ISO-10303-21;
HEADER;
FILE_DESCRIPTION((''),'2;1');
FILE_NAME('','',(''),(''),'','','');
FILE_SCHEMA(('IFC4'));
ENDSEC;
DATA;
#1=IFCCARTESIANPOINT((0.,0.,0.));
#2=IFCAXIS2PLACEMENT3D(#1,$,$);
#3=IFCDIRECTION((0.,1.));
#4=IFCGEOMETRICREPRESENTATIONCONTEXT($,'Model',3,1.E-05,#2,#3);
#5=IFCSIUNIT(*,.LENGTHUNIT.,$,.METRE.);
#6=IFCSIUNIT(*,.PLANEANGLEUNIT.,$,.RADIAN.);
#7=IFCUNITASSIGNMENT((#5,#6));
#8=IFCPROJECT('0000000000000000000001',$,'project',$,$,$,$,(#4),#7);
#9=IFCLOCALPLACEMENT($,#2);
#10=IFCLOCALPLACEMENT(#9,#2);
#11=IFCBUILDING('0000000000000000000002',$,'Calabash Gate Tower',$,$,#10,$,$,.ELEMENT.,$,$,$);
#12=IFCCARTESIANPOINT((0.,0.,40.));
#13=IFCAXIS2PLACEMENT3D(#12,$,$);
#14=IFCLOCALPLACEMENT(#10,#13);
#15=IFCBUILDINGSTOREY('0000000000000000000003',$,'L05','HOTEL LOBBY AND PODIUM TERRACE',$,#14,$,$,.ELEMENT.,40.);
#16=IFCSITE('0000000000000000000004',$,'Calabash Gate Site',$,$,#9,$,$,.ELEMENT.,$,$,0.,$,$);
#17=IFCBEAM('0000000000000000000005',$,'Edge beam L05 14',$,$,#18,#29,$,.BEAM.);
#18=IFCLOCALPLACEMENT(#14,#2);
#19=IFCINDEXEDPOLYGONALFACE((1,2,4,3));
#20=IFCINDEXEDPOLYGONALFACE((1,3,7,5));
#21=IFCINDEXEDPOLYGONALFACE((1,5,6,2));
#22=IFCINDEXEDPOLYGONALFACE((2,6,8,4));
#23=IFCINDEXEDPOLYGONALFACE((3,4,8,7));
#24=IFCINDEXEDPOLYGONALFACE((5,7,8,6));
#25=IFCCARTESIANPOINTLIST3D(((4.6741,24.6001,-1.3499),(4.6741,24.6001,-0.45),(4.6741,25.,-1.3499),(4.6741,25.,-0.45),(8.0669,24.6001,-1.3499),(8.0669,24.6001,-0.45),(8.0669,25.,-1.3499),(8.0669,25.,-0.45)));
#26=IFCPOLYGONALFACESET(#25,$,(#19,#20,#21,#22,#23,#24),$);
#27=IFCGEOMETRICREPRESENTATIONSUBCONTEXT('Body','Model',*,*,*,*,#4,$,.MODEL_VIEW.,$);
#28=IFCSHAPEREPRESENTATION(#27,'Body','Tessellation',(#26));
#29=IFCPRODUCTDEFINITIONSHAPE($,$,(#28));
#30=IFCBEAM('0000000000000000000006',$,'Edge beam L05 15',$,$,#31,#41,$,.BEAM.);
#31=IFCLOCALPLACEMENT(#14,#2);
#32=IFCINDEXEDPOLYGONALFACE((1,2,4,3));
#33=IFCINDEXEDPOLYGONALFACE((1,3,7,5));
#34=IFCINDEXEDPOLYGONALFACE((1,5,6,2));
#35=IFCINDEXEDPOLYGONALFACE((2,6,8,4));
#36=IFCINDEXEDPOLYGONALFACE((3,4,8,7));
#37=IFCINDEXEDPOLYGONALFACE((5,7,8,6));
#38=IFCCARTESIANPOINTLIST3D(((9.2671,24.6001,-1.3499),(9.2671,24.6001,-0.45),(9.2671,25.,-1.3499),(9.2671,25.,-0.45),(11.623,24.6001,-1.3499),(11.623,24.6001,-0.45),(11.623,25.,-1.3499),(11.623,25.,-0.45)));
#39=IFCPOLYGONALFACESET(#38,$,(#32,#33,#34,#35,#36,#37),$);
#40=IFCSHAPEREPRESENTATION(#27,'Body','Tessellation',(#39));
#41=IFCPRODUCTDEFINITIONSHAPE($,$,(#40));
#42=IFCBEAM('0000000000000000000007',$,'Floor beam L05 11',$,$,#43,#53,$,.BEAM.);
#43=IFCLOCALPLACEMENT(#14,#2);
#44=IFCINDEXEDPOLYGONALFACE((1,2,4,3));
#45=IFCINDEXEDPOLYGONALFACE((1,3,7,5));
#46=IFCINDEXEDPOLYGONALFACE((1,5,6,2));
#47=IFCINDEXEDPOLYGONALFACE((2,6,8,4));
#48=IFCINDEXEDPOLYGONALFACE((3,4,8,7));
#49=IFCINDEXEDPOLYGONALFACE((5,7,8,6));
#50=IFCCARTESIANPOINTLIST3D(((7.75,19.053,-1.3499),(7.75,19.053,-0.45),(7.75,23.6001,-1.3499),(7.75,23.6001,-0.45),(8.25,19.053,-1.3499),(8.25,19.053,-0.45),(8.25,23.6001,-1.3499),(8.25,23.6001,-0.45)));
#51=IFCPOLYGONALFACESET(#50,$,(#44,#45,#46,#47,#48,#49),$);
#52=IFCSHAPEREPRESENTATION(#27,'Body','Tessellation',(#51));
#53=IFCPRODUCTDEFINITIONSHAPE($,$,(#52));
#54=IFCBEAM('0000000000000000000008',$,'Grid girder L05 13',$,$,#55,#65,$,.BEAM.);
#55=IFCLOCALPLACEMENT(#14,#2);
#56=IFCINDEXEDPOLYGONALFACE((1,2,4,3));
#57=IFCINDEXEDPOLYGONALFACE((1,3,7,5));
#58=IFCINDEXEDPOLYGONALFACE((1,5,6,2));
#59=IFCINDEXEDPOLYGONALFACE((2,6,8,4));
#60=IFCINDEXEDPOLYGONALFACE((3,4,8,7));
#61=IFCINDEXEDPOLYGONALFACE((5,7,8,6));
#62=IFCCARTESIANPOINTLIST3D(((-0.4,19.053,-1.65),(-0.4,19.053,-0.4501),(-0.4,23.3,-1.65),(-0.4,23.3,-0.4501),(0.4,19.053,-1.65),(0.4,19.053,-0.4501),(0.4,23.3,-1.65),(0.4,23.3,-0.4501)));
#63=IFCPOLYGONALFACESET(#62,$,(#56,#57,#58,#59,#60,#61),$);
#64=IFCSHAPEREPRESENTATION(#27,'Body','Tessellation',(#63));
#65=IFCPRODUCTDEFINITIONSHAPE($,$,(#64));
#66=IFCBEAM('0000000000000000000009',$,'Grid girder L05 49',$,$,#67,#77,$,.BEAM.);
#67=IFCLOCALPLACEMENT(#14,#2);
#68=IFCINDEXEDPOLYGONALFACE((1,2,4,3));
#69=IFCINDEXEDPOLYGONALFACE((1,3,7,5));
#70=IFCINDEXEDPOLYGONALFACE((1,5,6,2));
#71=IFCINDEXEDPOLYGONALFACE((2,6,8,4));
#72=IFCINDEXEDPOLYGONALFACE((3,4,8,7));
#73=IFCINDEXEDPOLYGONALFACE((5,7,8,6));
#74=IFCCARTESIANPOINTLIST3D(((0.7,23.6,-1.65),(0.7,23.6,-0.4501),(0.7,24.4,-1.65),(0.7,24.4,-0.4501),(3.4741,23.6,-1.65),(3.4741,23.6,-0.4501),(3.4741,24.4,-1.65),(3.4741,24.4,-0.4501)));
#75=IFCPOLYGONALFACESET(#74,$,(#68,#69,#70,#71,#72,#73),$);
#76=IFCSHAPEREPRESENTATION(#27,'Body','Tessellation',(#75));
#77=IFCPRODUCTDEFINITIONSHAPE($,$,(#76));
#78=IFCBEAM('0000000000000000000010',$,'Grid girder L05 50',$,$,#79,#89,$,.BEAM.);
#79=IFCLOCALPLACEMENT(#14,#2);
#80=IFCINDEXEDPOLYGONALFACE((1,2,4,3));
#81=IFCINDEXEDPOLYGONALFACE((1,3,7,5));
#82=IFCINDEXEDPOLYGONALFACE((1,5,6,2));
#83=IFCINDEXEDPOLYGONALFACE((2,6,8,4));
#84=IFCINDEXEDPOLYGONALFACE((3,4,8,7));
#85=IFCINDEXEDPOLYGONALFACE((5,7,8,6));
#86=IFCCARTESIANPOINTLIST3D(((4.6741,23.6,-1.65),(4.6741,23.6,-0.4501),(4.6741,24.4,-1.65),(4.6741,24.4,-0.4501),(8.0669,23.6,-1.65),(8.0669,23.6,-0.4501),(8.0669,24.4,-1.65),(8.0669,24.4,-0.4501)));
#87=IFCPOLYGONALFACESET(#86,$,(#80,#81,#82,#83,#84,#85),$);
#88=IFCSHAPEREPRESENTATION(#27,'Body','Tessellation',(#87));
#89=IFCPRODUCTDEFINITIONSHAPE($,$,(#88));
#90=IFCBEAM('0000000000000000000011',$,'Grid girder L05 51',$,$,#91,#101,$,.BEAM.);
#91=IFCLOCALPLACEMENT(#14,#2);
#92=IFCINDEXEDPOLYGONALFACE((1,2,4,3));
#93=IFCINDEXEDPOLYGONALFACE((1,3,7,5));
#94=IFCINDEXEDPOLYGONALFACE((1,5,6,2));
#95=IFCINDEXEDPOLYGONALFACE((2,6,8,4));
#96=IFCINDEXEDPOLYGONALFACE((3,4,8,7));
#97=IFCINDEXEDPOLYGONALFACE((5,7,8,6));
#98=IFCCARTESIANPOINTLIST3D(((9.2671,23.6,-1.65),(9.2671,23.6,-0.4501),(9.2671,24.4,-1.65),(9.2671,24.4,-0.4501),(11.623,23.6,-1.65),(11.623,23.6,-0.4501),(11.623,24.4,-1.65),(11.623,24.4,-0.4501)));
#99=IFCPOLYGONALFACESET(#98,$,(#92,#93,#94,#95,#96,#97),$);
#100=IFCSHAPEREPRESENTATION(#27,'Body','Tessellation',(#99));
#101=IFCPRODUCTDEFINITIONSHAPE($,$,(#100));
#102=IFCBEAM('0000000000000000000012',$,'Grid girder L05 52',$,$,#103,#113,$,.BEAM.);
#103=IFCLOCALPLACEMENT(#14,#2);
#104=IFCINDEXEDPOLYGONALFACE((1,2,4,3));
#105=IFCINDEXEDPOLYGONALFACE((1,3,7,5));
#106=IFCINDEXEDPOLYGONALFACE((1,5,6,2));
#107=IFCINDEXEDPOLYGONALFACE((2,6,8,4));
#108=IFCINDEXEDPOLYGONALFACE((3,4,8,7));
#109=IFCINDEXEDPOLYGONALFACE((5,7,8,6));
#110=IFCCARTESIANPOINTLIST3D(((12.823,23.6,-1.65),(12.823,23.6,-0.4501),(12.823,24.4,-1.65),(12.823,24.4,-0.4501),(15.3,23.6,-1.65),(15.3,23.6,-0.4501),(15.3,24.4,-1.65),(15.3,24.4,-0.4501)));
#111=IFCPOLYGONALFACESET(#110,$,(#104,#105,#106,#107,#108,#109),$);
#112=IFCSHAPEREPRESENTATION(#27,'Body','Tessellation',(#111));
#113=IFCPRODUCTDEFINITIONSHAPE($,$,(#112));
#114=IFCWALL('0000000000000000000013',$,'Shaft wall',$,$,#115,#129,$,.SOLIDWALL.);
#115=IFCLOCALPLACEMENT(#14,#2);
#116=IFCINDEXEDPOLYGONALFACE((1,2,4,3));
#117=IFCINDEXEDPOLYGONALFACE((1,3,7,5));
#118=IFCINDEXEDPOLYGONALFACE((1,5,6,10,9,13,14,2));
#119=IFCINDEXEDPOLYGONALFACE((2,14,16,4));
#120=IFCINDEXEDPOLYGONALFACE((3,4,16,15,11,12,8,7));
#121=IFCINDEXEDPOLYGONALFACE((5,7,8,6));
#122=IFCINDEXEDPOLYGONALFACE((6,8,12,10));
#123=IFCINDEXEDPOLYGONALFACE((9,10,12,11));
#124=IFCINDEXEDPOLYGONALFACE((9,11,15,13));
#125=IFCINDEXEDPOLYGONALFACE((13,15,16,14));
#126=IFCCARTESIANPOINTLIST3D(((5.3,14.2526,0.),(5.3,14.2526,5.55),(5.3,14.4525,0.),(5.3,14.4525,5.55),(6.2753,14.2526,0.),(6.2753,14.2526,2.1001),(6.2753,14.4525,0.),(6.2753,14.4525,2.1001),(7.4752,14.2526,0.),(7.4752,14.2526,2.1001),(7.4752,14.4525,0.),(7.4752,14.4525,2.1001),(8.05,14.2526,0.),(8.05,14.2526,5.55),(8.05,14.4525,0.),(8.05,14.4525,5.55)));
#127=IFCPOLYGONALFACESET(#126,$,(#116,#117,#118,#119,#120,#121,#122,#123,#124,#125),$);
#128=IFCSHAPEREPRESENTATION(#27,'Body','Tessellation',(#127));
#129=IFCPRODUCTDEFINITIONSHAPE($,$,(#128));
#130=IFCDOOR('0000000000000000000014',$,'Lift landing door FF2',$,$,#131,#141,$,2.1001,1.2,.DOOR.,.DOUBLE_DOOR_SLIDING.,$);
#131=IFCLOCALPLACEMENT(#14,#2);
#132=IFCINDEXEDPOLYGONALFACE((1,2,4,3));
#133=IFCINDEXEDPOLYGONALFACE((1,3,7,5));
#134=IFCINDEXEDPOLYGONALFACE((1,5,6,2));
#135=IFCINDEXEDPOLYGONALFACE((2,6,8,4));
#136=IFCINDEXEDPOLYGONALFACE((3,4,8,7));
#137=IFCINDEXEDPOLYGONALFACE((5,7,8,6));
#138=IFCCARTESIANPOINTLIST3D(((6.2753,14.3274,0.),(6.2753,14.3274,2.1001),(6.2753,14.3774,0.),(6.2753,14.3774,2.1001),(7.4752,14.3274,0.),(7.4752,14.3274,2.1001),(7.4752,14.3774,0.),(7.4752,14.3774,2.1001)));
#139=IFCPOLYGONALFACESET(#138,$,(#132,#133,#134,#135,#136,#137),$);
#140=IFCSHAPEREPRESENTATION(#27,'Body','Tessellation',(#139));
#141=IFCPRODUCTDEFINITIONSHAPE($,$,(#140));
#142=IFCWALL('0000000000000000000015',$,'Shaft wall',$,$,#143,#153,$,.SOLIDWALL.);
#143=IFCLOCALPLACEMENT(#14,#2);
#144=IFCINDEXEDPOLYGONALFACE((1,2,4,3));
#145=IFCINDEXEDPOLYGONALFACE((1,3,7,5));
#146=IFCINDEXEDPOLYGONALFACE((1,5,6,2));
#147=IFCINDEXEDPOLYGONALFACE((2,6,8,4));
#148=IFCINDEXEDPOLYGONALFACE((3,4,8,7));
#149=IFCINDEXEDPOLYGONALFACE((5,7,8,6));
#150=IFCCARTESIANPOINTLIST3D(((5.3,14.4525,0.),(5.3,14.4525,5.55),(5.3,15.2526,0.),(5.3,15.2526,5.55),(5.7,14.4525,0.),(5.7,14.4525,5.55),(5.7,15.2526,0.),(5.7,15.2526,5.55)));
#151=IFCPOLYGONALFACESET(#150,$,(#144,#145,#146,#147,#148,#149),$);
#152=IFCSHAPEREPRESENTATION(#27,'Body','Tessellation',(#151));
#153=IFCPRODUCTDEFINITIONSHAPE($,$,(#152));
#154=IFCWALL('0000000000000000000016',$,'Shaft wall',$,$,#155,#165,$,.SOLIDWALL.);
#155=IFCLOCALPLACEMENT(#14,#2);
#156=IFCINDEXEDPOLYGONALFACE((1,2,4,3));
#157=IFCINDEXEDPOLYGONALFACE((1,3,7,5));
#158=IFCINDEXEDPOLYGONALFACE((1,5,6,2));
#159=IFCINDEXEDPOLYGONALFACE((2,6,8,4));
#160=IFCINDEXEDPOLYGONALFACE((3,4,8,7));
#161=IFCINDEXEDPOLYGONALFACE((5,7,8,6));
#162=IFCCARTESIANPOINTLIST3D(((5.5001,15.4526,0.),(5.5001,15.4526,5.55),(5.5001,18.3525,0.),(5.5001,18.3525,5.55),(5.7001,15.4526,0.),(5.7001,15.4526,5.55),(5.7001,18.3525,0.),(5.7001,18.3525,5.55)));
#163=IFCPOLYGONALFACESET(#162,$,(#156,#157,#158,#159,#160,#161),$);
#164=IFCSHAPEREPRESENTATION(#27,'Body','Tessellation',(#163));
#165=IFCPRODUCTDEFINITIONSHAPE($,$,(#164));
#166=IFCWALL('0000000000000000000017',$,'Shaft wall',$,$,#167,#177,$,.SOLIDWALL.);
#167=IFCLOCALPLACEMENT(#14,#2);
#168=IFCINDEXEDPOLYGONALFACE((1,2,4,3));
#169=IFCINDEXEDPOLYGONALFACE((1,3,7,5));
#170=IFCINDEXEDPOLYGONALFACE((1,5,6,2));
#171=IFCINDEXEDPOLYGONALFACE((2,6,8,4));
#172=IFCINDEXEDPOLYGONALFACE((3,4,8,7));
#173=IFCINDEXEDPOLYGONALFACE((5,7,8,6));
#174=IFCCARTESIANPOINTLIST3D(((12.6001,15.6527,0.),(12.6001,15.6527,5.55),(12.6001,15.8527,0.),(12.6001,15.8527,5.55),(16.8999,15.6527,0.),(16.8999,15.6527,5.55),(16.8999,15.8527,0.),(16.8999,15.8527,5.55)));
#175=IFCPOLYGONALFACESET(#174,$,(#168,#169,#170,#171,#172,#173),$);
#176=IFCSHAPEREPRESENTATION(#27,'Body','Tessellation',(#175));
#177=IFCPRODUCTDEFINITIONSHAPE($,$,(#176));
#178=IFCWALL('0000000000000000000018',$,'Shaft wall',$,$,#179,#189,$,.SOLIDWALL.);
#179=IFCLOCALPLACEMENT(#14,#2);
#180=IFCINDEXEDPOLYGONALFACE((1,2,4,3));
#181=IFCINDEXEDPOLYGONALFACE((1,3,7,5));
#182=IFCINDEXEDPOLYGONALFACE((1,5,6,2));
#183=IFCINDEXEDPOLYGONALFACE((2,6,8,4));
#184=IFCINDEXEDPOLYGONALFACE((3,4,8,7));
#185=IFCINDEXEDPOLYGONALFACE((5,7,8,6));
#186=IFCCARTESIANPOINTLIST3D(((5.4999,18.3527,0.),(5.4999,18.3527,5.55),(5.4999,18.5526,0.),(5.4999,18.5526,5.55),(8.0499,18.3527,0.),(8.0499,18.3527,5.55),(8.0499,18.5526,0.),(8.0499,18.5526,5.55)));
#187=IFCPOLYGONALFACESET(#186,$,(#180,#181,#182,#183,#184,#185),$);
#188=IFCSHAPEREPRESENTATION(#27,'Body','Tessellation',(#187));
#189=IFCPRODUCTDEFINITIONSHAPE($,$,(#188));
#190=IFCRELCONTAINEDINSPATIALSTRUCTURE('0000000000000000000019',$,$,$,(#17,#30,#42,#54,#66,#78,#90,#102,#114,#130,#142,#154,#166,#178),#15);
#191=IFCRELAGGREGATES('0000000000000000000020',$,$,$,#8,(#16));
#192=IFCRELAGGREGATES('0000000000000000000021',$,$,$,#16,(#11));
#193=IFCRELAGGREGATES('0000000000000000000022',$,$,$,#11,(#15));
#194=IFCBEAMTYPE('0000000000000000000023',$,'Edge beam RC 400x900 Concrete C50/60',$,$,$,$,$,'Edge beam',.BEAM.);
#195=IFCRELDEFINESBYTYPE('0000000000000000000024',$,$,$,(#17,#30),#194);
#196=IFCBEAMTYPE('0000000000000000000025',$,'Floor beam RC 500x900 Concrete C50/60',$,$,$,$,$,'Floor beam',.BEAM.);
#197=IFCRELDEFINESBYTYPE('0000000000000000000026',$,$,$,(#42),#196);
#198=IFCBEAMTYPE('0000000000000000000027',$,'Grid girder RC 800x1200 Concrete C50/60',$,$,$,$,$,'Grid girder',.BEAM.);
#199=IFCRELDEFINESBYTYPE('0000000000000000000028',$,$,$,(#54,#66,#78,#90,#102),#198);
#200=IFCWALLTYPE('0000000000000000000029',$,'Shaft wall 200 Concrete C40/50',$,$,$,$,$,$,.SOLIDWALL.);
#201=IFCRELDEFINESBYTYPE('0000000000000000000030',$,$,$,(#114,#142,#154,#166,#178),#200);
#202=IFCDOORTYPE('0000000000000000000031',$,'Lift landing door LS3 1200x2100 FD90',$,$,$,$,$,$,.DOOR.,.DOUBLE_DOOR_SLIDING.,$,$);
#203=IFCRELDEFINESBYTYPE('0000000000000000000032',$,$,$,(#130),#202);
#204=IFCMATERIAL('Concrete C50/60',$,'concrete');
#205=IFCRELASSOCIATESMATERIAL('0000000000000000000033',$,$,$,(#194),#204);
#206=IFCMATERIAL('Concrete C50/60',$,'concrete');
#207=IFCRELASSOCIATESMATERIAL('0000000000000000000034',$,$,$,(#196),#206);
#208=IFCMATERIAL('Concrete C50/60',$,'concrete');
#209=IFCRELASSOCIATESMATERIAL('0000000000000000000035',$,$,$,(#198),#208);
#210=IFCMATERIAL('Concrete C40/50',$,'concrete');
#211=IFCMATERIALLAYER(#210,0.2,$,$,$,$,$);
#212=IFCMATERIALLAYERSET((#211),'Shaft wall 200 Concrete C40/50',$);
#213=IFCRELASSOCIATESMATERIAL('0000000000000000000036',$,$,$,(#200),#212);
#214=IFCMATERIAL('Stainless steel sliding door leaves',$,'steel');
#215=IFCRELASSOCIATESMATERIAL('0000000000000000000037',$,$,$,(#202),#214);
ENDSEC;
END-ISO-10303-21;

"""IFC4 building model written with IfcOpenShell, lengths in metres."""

from ifc_helpers import new_model, si_unit, direction, frame, frame_2d, origin, origin_2d, place, context, subcontext, project, spatial, rectangle, extrude, material, layer, layer_set, material_profile, profile_set, type_object, element, fill, save


model = new_model("IFC4")

# Units and contexts
model_context = context("Model", 3, precision=1e-05, world=origin(), true_north=direction((0.0, 1.0)))
body_context = subcontext(model_context, "Body", "Model", "MODEL_VIEW")
ifc_project = project(units=[si_unit("LENGTHUNIT", "METRE"), si_unit("PLANEANGLEUNIT", "RADIAN")], contexts=[model_context])

# Site, building, storey
site_placement = place(None, origin())
site = spatial("IfcSite", under=ifc_project, at=site_placement, Name="Calabash Gate Site", CompositionType="ELEMENT", RefElevation=0.0)
building_placement = place(site_placement, origin())
building = spatial("IfcBuilding", under=site, at=building_placement, Name="Calabash Gate Tower", CompositionType="ELEMENT")
storey_placement = place(building_placement, frame((0.0, 0.0, 40.0)))
storey = spatial("IfcBuildingStorey", under=building, at=storey_placement, Name="L05", Description="HOTEL LOBBY AND PODIUM TERRACE", CompositionType="ELEMENT", Elevation=40.0)

# Beams
ifc_material_1 = material(Name="Concrete C50/60", Category="concrete")
ifc_material_profile_1 = material_profile(ifc_material_1, rectangle(XDim=0.3999, YDim=0.8999, at=origin_2d()))
ifc_profile_set_1 = profile_set([ifc_material_profile_1], Name="Concrete C50/60")
beam_type_1 = type_object("IfcBeamType", Name="Edge beam RC 400x900 Concrete C50/60", ElementType="Edge beam", PredefinedType="BEAM", material=ifc_profile_set_1)
beam_1_placement = place(storey_placement, frame((4.6741, 24.8, -0.8999), z_axis=(1.0, 0.0, 0.0), x_axis=(0.0, 1.0, 0.0)))
element("IfcBeam", 1, at=beam_1_placement, inside=storey, type_object=beam_type_1, Name="Edge beam L05 14", PredefinedType="BEAM", context=body_context, shape_type="SweptSolid", body=[
    extrude(rectangle(XDim=0.3999, YDim=0.8999, at=origin_2d()), origin(), (0.0, 0.0, 1.0), 3.3928),
])
beam_2_placement = place(storey_placement, frame((9.2671, 24.8, -0.8999), z_axis=(1.0, 0.0, 0.0), x_axis=(0.0, 1.0, 0.0)))
element("IfcBeam", 2, at=beam_2_placement, inside=storey, type_object=beam_type_1, Name="Edge beam L05 15", PredefinedType="BEAM", context=body_context, shape_type="SweptSolid", body=[
    extrude(rectangle(XDim=0.3999, YDim=0.8999, at=origin_2d()), origin(), (0.0, 0.0, 1.0), 2.356),
])
ifc_material_2 = material(Name="Concrete C50/60", Category="concrete")
ifc_material_profile_2 = material_profile(ifc_material_2, rectangle(XDim=0.5, YDim=0.8999, at=origin_2d()))
ifc_profile_set_2 = profile_set([ifc_material_profile_2], Name="Concrete C50/60")
beam_type_2 = type_object("IfcBeamType", Name="Floor beam RC 500x900 Concrete C50/60", ElementType="Floor beam", PredefinedType="BEAM", material=ifc_profile_set_2)
beam_3_placement = place(storey_placement, frame((8.0, 19.053, -0.8999), z_axis=(0.0, 1.0, 0.0), x_axis=(-1.0, 0.0, 0.0)))
element("IfcBeam", 3, at=beam_3_placement, inside=storey, type_object=beam_type_2, Name="Floor beam L05 11", PredefinedType="BEAM", context=body_context, shape_type="SweptSolid", body=[
    extrude(rectangle(XDim=0.5, YDim=0.8999, at=origin_2d()), origin(), (0.0, 0.0, 1.0), 4.5471),
])
ifc_material_3 = material(Name="Concrete C50/60", Category="concrete")
ifc_material_profile_3 = material_profile(ifc_material_3, rectangle(XDim=0.8, YDim=1.2, at=origin_2d()))
ifc_profile_set_3 = profile_set([ifc_material_profile_3], Name="Concrete C50/60")
beam_type_3 = type_object("IfcBeamType", Name="Grid girder RC 800x1200 Concrete C50/60", ElementType="Grid girder", PredefinedType="BEAM", material=ifc_profile_set_3)
beam_4_placement = place(storey_placement, frame((0.0, 19.053, -1.05), z_axis=(0.0, 1.0, 0.0), x_axis=(-1.0, 0.0, 0.0)))
element("IfcBeam", 4, at=beam_4_placement, inside=storey, type_object=beam_type_3, Name="Grid girder L05 13", PredefinedType="BEAM", context=body_context, shape_type="SweptSolid", body=[
    extrude(rectangle(XDim=0.8, YDim=1.2, at=origin_2d()), origin(), (0.0, 0.0, 1.0), 4.2471),
])
beam_5_placement = place(storey_placement, frame((0.7, 24.0, -1.05), z_axis=(1.0, 0.0, 0.0), x_axis=(0.0, 1.0, 0.0)))
element("IfcBeam", 5, at=beam_5_placement, inside=storey, type_object=beam_type_3, Name="Grid girder L05 49", PredefinedType="BEAM", context=body_context, shape_type="SweptSolid", body=[
    extrude(rectangle(XDim=0.8, YDim=1.2, at=origin_2d()), origin(), (0.0, 0.0, 1.0), 2.7742),
])
beam_6_placement = place(storey_placement, frame((4.6741, 24.0, -1.05), z_axis=(1.0, 0.0, 0.0), x_axis=(0.0, 1.0, 0.0)))
element("IfcBeam", 6, at=beam_6_placement, inside=storey, type_object=beam_type_3, Name="Grid girder L05 50", PredefinedType="BEAM", context=body_context, shape_type="SweptSolid", body=[
    extrude(rectangle(XDim=0.8, YDim=1.2, at=origin_2d()), origin(), (0.0, 0.0, 1.0), 3.3928),
])
beam_7_placement = place(storey_placement, frame((9.2671, 24.0, -1.05), z_axis=(1.0, 0.0, 0.0), x_axis=(0.0, 1.0, 0.0)))
element("IfcBeam", 7, at=beam_7_placement, inside=storey, type_object=beam_type_3, Name="Grid girder L05 51", PredefinedType="BEAM", context=body_context, shape_type="SweptSolid", body=[
    extrude(rectangle(XDim=0.8, YDim=1.2, at=origin_2d()), origin(), (0.0, 0.0, 1.0), 2.356),
])
beam_8_placement = place(storey_placement, frame((12.823, 24.0, -1.05), z_axis=(1.0, 0.0, 0.0), x_axis=(0.0, 1.0, 0.0)))
element("IfcBeam", 8, at=beam_8_placement, inside=storey, type_object=beam_type_3, Name="Grid girder L05 52", PredefinedType="BEAM", context=body_context, shape_type="SweptSolid", body=[
    extrude(rectangle(XDim=0.8, YDim=1.2, at=origin_2d()), origin(), (0.0, 0.0, 1.0), 2.4771),
])

# Wall, opening, door
ifc_material_4 = material(Name="Concrete C40/50", Category="concrete")
ifc_layer = layer(ifc_material_4, 0.2)
ifc_layer_set = layer_set([ifc_layer], Name="Shaft wall 200 Concrete C40/50")
wall_type = type_object("IfcWallType", Name="Shaft wall 200 Concrete C40/50", PredefinedType="SOLIDWALL", material=ifc_layer_set)
wall_1_placement = place(storey_placement, frame((5.3, 14.3525, 0.0), z_axis=(0.0, 0.0, 1.0), x_axis=(1.0, 0.0, 0.0)))
wall_1 = element("IfcWall", 9, at=wall_1_placement, inside=storey, type_object=wall_type, Name="Shaft wall", PredefinedType="SOLIDWALL", context=body_context, shape_type="SweptSolid", body=[
    extrude(rectangle(XDim=2.75, YDim=0.2, at=frame_2d((1.375, 0.0))), origin(), (0.0, 0.0, 1.0), 5.55),
])
opening_placement = place(wall_1_placement, frame((0.9751, 0.0, 0.0)))
opening = element("IfcOpeningElement", 10, at=opening_placement, cuts=wall_1, PredefinedType="OPENING", context=body_context, shape_type="SweptSolid", body=[
    extrude(rectangle(XDim=1.2, YDim=2.1001, at=frame_2d((0.6001, 1.05))), frame((0.0, 0.1099, 0.0), z_axis=(0.0, -1.0, 0.0), x_axis=(1.0, 0.0, 0.0)), (0.0, 0.0, 1.0), 0.22),
])
ifc_material_5 = material(Name="Stainless steel sliding door leaves", Category="steel")
door_type = type_object("IfcDoorType", Name="Lift landing door LS3 1200x2100 FD90", OperationType="DOUBLE_DOOR_SLIDING", PredefinedType="DOOR", material=ifc_material_5)
door_placement = place(opening_placement, origin())
door = element("IfcDoor", 11, at=door_placement, inside=storey, type_object=door_type, Name="Lift landing door FF2", OperationType="DOUBLE_DOOR_SLIDING", OverallHeight=2.1001, OverallWidth=1.2, PredefinedType="DOOR", context=body_context, shape_type="SweptSolid", body=[
    extrude(rectangle(XDim=1.2, YDim=2.1001, at=frame_2d((0.6001, 1.05))), frame((0.0, 0.0249, 0.0), z_axis=(0.0, -1.0, 0.0), x_axis=(1.0, 0.0, 0.0)), (0.0, 0.0, 1.0), 0.05),
])
fill(opening, door)

# Walls
wall_2_placement = place(storey_placement, frame((5.5, 14.4526, 0.0), z_axis=(0.0, 0.0, 1.0), x_axis=(0.0, 1.0, 0.0)))
element("IfcWall", 12, at=wall_2_placement, inside=storey, type_object=wall_type, Name="Shaft wall", PredefinedType="SOLIDWALL", context=body_context, shape_type="SweptSolid", body=[
    extrude(rectangle(XDim=0.8, YDim=0.3999, at=frame_2d((0.3999, 0.0))), origin(), (0.0, 0.0, 1.0), 5.55),
])
wall_3_placement = place(storey_placement, frame((5.6001, 15.4526, 0.0), z_axis=(0.0, 0.0, 1.0), x_axis=(0.0, 1.0, 0.0)))
element("IfcWall", 13, at=wall_3_placement, inside=storey, type_object=wall_type, Name="Shaft wall", PredefinedType="SOLIDWALL", context=body_context, shape_type="SweptSolid", body=[
    extrude(rectangle(XDim=2.8999, YDim=0.2, at=frame_2d((1.45, 0.0))), origin(), (0.0, 0.0, 1.0), 5.55),
])
wall_4_placement = place(storey_placement, frame((12.6001, 15.7527, 0.0), z_axis=(0.0, 0.0, 1.0), x_axis=(1.0, 0.0, 0.0)))
element("IfcWall", 14, at=wall_4_placement, inside=storey, type_object=wall_type, Name="Shaft wall", PredefinedType="SOLIDWALL", context=body_context, shape_type="SweptSolid", body=[
    extrude(rectangle(XDim=4.2998, YDim=0.2, at=frame_2d((2.1499, 0.0))), origin(), (0.0, 0.0, 1.0), 5.55),
])
wall_5_placement = place(storey_placement, frame((5.5, 18.4526, 0.0), z_axis=(0.0, 0.0, 1.0), x_axis=(1.0, 0.0, 0.0)))
element("IfcWall", 15, at=wall_5_placement, inside=storey, type_object=wall_type, Name="Shaft wall", PredefinedType="SOLIDWALL", context=body_context, shape_type="SweptSolid", body=[
    extrude(rectangle(XDim=2.55, YDim=0.2, at=frame_2d((1.2749, 0.0))), origin(), (0.0, 0.0, 1.0), 5.55),
])

save(model, "model.ifc")
